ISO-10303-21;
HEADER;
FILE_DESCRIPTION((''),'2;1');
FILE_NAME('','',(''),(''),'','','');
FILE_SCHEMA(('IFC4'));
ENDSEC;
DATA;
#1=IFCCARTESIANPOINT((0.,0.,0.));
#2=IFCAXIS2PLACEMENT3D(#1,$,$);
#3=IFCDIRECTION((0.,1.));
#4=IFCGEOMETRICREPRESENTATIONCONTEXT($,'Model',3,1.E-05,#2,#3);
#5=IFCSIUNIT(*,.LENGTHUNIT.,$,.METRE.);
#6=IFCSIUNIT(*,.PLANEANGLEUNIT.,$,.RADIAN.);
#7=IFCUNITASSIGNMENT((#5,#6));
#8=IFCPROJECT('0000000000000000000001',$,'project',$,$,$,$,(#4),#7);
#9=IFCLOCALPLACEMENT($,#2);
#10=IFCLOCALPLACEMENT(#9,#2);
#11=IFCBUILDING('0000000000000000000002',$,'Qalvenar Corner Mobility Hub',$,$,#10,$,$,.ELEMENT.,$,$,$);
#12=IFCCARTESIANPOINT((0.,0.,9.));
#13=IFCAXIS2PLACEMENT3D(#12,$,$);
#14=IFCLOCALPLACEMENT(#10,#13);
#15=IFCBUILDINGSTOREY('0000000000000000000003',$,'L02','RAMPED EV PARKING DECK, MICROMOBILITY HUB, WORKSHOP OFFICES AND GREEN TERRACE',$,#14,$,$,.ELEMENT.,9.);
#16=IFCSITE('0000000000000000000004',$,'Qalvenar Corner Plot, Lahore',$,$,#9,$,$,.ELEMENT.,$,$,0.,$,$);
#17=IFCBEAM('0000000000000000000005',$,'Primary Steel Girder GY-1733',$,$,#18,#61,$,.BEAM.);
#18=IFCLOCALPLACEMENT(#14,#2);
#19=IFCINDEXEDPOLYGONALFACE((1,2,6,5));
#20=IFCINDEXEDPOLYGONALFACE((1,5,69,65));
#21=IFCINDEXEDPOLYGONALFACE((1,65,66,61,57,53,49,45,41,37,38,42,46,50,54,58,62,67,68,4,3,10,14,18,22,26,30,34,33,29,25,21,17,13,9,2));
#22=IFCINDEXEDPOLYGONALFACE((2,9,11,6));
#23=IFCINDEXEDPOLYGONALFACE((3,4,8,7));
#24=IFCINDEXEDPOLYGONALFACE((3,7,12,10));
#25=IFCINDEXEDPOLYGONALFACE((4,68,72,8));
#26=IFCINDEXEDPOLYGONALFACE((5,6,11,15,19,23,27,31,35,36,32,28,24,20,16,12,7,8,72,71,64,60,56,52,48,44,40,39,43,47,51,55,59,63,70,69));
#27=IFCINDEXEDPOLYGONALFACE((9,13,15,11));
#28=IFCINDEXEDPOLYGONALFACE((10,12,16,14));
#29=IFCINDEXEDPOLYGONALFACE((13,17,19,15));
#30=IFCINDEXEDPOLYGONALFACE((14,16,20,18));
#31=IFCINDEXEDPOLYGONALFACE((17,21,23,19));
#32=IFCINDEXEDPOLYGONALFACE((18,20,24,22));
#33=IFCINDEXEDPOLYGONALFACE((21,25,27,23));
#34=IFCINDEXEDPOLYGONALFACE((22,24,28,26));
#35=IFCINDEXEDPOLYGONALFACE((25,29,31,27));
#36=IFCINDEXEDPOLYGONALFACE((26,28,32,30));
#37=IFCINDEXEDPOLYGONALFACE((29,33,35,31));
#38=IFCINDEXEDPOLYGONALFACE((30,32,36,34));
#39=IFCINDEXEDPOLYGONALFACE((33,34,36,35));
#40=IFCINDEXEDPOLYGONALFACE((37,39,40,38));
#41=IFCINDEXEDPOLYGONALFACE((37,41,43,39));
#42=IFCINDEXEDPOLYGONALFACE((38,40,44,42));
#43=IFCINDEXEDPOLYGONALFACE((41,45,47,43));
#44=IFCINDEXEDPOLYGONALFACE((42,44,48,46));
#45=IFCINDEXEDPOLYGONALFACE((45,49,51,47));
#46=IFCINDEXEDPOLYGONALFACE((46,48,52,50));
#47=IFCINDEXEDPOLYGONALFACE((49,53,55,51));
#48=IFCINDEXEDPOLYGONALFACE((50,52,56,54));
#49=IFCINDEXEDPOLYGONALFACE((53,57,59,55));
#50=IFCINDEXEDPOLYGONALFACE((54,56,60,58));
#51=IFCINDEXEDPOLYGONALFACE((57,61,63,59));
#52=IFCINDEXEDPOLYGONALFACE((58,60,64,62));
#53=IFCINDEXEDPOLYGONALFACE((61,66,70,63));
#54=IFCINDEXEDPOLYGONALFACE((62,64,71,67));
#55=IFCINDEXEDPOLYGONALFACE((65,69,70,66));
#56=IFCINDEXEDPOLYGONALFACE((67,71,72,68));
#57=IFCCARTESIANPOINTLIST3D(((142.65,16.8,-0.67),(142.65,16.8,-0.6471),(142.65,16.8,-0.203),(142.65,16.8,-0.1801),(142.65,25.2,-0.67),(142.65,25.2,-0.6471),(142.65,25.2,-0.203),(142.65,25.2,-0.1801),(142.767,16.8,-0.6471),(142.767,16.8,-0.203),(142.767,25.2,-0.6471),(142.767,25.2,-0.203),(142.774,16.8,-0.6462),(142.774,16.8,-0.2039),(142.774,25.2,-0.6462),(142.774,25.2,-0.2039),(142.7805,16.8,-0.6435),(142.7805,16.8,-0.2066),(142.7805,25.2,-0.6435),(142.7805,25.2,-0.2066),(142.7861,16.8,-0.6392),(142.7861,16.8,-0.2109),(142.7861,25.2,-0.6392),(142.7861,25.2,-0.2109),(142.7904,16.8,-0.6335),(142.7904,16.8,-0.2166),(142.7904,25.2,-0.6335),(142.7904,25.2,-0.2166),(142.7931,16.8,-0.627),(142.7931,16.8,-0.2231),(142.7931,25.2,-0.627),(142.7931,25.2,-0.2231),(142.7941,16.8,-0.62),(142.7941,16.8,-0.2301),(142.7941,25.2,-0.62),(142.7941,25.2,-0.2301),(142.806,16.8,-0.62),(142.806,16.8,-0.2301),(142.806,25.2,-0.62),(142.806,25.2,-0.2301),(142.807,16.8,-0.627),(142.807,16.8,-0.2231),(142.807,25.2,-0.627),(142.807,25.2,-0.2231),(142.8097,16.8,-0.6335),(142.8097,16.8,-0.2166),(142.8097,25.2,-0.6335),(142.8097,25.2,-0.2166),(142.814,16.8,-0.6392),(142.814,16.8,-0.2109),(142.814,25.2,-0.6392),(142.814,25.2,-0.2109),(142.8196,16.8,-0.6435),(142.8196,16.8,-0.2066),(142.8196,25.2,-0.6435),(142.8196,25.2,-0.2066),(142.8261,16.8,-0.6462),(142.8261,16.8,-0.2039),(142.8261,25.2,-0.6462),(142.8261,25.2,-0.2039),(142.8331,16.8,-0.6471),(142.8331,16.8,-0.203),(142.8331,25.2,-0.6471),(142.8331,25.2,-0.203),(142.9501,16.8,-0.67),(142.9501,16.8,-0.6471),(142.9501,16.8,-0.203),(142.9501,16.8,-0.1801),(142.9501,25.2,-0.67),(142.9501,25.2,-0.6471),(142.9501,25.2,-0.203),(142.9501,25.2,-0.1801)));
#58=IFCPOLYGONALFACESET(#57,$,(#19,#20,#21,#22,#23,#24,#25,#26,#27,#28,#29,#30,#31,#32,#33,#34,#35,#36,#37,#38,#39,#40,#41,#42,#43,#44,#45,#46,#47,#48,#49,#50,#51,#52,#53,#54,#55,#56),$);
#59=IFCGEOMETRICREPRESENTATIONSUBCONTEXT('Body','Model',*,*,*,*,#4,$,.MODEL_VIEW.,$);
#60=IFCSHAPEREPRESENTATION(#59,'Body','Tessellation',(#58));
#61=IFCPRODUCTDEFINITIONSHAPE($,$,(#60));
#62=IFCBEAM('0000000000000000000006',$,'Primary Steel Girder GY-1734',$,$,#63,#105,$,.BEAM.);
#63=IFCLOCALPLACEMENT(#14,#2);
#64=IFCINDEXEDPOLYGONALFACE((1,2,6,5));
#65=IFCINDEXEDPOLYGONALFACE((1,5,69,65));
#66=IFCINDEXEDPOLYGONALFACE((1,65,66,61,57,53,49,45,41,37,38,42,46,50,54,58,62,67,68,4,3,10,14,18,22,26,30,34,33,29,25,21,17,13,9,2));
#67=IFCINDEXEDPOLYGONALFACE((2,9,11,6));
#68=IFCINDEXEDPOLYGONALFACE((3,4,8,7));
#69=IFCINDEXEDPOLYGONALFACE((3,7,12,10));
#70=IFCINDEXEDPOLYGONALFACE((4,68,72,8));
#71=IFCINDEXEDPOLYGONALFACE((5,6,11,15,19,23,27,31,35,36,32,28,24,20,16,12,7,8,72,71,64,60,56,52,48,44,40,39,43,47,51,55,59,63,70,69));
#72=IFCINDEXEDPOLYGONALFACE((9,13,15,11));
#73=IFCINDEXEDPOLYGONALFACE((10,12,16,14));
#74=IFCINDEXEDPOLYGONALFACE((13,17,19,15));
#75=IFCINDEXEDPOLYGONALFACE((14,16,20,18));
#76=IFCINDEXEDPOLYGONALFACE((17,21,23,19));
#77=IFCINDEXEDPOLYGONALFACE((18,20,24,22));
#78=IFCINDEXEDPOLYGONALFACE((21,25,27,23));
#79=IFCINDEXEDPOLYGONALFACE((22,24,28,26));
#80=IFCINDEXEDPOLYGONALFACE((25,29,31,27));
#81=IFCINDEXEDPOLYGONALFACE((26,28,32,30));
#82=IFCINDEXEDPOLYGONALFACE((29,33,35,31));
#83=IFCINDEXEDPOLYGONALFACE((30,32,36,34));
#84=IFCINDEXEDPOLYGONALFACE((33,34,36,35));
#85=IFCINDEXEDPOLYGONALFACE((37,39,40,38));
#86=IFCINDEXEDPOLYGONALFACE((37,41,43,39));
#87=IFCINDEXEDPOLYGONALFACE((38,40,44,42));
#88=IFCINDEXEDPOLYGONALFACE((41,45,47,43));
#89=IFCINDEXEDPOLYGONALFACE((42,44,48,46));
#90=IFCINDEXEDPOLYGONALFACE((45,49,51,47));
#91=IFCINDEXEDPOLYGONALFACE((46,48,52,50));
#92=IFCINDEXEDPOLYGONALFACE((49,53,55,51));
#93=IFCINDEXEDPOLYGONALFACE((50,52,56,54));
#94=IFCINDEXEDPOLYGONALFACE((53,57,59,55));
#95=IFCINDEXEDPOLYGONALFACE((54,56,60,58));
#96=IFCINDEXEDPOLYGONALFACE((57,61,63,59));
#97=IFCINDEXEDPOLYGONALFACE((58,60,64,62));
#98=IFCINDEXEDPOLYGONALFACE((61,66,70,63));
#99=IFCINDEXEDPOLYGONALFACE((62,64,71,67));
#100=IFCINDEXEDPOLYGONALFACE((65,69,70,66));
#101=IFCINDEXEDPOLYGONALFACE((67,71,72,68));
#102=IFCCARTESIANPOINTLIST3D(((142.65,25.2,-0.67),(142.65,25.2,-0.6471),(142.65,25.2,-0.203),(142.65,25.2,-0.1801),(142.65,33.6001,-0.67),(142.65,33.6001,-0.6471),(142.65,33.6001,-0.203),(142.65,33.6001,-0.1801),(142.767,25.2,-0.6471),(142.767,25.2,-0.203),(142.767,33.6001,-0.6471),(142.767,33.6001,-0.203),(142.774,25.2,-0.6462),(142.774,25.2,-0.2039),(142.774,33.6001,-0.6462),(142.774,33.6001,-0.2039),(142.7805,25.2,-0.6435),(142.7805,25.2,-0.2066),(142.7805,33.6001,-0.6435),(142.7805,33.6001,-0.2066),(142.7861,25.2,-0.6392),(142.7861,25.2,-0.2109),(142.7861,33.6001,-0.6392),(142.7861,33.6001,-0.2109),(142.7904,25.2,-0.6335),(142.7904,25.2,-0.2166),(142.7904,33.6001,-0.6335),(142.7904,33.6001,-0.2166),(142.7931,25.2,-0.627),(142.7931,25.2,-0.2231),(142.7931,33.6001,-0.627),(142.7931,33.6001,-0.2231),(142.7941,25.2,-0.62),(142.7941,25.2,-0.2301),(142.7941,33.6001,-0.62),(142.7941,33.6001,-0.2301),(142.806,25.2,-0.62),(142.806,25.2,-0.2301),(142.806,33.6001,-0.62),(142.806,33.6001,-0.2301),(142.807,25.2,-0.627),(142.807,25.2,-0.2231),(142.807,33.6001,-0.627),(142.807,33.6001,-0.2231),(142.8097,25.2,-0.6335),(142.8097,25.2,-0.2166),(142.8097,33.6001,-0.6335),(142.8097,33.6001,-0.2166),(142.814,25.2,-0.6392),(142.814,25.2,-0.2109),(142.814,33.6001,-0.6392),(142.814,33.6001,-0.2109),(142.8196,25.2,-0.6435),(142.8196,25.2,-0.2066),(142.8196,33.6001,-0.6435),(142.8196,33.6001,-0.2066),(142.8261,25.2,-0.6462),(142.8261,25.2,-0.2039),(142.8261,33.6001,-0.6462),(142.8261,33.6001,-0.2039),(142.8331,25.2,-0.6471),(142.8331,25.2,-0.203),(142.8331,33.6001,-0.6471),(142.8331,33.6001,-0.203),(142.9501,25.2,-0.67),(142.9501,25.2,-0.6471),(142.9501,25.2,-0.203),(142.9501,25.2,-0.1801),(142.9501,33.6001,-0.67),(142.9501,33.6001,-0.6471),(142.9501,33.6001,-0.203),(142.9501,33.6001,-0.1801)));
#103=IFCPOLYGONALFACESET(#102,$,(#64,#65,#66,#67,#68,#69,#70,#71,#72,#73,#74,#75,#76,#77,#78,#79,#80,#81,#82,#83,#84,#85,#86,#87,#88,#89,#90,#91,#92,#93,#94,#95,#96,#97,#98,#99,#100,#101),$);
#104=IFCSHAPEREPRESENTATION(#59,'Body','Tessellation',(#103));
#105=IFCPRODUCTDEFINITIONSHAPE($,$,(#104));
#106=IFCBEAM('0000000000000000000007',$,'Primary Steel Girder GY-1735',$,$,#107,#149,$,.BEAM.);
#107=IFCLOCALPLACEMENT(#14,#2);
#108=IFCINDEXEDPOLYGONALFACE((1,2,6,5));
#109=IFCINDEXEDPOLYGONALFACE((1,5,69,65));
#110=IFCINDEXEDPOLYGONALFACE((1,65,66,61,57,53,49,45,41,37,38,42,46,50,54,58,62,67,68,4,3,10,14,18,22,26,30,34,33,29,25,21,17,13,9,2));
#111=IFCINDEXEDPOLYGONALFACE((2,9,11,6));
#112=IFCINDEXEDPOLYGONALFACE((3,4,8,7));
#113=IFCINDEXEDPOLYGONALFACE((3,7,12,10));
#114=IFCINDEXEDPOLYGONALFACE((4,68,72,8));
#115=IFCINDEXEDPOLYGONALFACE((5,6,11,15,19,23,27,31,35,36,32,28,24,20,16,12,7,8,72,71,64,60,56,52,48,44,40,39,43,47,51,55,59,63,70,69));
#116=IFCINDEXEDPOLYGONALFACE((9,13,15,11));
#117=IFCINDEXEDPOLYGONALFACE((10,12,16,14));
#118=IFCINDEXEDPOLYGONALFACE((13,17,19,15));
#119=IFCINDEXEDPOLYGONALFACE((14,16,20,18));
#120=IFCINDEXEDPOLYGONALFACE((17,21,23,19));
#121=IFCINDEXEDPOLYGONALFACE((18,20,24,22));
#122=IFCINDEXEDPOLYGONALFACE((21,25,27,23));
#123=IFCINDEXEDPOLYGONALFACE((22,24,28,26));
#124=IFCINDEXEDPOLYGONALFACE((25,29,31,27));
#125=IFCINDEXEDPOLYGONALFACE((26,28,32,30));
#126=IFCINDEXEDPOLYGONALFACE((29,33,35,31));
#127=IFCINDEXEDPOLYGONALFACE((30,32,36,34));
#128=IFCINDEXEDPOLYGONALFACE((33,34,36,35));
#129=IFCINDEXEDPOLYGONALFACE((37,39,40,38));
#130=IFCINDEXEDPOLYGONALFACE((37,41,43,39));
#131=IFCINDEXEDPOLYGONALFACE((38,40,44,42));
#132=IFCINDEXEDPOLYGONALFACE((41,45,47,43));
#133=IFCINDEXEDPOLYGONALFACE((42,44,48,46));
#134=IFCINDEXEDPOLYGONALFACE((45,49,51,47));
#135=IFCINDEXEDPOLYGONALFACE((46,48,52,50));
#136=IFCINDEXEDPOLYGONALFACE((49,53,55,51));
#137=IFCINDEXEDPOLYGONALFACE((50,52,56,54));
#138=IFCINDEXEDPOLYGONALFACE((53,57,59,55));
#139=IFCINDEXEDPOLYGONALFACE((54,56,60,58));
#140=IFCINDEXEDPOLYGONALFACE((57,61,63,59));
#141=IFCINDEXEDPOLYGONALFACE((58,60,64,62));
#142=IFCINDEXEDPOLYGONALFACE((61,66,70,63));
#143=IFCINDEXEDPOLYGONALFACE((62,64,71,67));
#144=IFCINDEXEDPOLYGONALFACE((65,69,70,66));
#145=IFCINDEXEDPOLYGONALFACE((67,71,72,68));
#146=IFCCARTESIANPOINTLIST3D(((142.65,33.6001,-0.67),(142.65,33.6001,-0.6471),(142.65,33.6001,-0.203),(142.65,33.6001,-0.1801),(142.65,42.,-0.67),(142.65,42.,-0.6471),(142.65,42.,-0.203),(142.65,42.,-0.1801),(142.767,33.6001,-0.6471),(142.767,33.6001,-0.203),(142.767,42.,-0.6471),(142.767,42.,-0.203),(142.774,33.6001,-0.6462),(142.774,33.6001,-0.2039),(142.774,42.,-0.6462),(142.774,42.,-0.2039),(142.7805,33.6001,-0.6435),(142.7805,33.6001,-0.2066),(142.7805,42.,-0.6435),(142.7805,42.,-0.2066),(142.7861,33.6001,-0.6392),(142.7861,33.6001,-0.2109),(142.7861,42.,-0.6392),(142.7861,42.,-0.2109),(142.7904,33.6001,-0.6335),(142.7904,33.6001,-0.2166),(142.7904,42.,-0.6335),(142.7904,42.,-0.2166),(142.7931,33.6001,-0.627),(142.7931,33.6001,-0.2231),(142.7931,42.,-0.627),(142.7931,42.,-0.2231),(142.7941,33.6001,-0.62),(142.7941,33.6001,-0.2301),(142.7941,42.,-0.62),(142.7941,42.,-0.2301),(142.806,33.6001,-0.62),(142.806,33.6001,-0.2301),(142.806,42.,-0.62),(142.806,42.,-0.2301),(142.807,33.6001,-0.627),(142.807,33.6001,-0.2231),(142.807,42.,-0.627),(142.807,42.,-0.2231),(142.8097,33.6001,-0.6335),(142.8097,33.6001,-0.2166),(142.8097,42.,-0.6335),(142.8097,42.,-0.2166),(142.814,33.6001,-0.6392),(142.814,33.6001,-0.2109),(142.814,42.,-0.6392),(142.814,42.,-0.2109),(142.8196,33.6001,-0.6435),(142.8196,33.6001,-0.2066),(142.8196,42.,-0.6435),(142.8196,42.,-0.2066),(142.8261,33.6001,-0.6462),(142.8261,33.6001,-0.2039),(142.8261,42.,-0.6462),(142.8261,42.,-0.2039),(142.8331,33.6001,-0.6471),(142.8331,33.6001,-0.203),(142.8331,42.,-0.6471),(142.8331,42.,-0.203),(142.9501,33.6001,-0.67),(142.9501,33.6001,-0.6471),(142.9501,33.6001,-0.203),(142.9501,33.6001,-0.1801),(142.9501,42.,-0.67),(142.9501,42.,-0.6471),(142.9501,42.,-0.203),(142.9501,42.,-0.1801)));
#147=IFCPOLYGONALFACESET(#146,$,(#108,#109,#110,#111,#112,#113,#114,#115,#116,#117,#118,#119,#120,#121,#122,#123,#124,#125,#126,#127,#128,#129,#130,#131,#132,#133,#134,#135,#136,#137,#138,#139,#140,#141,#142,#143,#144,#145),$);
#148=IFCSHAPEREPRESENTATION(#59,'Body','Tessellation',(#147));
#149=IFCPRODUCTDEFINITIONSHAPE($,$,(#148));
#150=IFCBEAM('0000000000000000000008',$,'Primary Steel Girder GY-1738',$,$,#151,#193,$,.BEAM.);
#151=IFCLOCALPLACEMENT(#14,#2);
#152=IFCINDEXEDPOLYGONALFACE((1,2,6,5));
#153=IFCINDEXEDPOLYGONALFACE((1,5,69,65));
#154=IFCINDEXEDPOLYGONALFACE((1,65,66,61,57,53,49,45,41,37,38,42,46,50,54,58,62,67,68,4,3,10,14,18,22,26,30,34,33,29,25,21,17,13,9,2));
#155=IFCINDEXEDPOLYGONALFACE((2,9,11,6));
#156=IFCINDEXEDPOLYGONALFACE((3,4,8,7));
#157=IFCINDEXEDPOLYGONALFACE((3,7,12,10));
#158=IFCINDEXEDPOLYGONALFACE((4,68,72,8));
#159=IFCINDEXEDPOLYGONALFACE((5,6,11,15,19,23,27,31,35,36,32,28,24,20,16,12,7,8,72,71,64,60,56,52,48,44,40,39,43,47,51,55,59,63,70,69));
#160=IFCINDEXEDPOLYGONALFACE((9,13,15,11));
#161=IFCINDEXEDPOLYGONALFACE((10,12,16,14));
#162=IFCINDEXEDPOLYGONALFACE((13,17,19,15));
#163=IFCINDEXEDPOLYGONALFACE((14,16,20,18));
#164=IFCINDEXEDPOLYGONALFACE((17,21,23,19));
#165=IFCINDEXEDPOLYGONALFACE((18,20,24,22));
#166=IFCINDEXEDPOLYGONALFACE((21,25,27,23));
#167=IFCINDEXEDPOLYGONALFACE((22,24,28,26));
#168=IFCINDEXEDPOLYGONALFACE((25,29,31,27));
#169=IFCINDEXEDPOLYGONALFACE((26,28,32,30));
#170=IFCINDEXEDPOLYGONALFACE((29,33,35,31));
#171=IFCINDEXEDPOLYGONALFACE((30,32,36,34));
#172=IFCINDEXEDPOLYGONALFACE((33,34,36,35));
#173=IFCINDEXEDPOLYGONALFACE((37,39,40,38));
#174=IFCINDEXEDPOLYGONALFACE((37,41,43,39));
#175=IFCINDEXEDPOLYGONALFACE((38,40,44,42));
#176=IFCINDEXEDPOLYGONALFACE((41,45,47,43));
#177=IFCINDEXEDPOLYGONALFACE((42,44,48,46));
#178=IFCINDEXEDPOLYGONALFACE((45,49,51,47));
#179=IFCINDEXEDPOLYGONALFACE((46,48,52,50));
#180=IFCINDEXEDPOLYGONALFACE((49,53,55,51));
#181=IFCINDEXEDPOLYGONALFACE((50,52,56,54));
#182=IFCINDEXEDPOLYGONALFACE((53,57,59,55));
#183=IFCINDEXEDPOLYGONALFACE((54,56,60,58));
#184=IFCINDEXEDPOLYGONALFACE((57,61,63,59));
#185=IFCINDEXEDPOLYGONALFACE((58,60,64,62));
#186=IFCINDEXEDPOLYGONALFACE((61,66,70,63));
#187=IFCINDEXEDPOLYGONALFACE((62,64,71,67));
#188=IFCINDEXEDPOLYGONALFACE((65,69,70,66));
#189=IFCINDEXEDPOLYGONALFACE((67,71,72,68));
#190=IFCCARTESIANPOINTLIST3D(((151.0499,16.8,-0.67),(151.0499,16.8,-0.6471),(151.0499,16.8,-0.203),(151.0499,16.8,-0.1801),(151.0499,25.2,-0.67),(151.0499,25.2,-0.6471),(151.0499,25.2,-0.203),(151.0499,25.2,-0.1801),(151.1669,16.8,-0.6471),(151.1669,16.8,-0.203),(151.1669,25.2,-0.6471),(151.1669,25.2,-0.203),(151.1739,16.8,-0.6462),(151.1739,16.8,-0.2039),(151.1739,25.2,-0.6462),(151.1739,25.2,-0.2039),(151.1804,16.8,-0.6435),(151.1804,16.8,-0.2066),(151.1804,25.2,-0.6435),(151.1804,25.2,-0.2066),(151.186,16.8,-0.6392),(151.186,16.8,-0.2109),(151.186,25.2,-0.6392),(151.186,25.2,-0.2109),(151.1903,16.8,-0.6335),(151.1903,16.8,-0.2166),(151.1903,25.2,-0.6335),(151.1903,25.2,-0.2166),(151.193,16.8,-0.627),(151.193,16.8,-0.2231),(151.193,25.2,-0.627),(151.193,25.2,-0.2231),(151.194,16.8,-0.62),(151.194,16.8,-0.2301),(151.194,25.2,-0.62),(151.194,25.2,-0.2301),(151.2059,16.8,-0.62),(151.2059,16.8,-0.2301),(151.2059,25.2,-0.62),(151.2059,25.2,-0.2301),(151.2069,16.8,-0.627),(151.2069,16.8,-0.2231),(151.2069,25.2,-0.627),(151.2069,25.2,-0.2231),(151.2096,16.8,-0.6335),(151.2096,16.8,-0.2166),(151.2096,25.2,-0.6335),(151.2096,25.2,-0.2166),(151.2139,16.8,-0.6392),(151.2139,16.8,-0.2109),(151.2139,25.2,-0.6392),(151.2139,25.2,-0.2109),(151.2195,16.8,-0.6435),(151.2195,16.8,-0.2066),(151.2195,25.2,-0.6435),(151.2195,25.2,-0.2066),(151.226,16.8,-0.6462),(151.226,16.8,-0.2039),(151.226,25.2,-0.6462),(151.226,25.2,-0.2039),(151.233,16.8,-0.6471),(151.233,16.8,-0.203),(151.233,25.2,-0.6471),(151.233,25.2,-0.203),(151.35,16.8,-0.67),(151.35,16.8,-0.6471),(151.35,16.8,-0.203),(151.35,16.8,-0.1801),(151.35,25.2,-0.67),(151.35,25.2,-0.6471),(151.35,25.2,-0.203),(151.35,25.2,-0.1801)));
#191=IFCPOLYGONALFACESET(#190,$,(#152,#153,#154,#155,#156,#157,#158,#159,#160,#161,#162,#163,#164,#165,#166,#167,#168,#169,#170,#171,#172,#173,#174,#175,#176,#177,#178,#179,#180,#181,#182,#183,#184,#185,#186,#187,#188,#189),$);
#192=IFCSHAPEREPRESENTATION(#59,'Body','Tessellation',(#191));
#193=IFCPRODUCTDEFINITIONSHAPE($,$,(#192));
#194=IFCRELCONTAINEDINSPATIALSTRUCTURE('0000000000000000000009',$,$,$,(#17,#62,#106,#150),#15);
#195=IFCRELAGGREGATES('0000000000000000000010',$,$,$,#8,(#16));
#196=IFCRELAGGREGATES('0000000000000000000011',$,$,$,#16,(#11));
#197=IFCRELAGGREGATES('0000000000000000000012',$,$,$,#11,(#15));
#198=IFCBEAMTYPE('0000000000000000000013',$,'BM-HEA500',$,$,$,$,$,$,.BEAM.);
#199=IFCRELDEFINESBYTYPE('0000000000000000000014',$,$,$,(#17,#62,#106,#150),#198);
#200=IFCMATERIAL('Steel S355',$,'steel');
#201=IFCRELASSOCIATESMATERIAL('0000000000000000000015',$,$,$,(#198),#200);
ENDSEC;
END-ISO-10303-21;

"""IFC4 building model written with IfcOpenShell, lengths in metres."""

from ifc_helpers import new_model, si_unit, direction, frame, origin, origin_2d, place, context, subcontext, project, spatial, i_section, extrude, material, material_profile, profile_set, type_object, element, save


model = new_model("IFC4")

# Units and contexts
model_context = context("Model", 3, precision=1e-05, world=origin(), true_north=direction((0.0, 1.0)))
body_context = subcontext(model_context, "Body", "Model", "MODEL_VIEW")
ifc_project = project(units=[si_unit("LENGTHUNIT", "METRE"), si_unit("PLANEANGLEUNIT", "RADIAN")], contexts=[model_context])

# Site, building, storey
site_placement = place(None, origin())
site = spatial("IfcSite", under=ifc_project, at=site_placement, Name="Qalvenar Corner Plot, Lahore", CompositionType="ELEMENT", RefElevation=0.0)
building_placement = place(site_placement, origin())
building = spatial("IfcBuilding", under=site, at=building_placement, Name="Qalvenar Corner Mobility Hub", CompositionType="ELEMENT")
storey_placement = place(building_placement, frame((0.0, 0.0, 9.0)))
storey = spatial("IfcBuildingStorey", under=building, at=storey_placement, Name="L02", Description="RAMPED EV PARKING DECK, MICROMOBILITY HUB, WORKSHOP OFFICES AND GREEN TERRACE", CompositionType="ELEMENT", Elevation=9.0)

# Shared definitions
ifc_material_1 = material(Name="Steel S355", Category="steel")

# Beams
ifc_material_profile_1 = material_profile(ifc_material_1, i_section(OverallWidth=0.3, OverallDepth=0.49, WebThickness=0.012, FlangeThickness=0.0229, FilletRadius=0.0271, at=origin_2d()), Name="HEA500")
ifc_profile_set_1 = profile_set([ifc_material_profile_1], Name="Steel S355")
beam_type_1 = type_object("IfcBeamType", Name="BM-HEA500", PredefinedType="BEAM", material=ifc_profile_set_1)
beam_1_placement = place(storey_placement, frame((142.8, 16.8, -0.425), z_axis=(0.0, 1.0, 0.0), x_axis=(-1.0, 0.0, 0.0)))
element("IfcBeam", 1, at=beam_1_placement, inside=storey, type_object=beam_type_1, Name="Primary Steel Girder GY-1733", PredefinedType="BEAM", context=body_context, shape_type="SweptSolid", body=[
    extrude(i_section(OverallWidth=0.3, OverallDepth=0.49, WebThickness=0.012, FlangeThickness=0.0229, FilletRadius=0.0271, at=origin_2d()), origin(), (0.0, 0.0, 1.0), 8.3999),
])
beam_2_placement = place(storey_placement, frame((142.8, 25.2, -0.425), z_axis=(0.0, 1.0, 0.0), x_axis=(-1.0, 0.0, 0.0)))
element("IfcBeam", 2, at=beam_2_placement, inside=storey, type_object=beam_type_1, Name="Primary Steel Girder GY-1734", PredefinedType="BEAM", context=body_context, shape_type="SweptSolid", body=[
    extrude(i_section(OverallWidth=0.3, OverallDepth=0.49, WebThickness=0.012, FlangeThickness=0.0229, FilletRadius=0.0271, at=origin_2d()), origin(), (0.0, 0.0, 1.0), 8.4001),
])
for number, where, z_axis, x_axis, name in (
    (3, (142.8, 33.6001, -0.425), (0.0, 1.0, 0.0), (-1.0, 0.0, 0.0), "Primary Steel Girder GY-1735"),
    (4, (151.2, 16.8, -0.425), (0.0, 1.0, 0.0), (-1.0, 0.0, 0.0), "Primary Steel Girder GY-1738"),
):
    element("IfcBeam", number, at=place(storey_placement, frame(where, z_axis=z_axis, x_axis=x_axis)), inside=storey, type_object=beam_type_1, Name=name, PredefinedType="BEAM", context=body_context, shape_type="SweptSolid", body=[
        extrude(i_section(OverallWidth=0.3, OverallDepth=0.49, WebThickness=0.012, FlangeThickness=0.0229, FilletRadius=0.0271, at=origin_2d()), origin(), (0.0, 0.0, 1.0), 8.3999),
    ])

save(model, "model.ifc")
